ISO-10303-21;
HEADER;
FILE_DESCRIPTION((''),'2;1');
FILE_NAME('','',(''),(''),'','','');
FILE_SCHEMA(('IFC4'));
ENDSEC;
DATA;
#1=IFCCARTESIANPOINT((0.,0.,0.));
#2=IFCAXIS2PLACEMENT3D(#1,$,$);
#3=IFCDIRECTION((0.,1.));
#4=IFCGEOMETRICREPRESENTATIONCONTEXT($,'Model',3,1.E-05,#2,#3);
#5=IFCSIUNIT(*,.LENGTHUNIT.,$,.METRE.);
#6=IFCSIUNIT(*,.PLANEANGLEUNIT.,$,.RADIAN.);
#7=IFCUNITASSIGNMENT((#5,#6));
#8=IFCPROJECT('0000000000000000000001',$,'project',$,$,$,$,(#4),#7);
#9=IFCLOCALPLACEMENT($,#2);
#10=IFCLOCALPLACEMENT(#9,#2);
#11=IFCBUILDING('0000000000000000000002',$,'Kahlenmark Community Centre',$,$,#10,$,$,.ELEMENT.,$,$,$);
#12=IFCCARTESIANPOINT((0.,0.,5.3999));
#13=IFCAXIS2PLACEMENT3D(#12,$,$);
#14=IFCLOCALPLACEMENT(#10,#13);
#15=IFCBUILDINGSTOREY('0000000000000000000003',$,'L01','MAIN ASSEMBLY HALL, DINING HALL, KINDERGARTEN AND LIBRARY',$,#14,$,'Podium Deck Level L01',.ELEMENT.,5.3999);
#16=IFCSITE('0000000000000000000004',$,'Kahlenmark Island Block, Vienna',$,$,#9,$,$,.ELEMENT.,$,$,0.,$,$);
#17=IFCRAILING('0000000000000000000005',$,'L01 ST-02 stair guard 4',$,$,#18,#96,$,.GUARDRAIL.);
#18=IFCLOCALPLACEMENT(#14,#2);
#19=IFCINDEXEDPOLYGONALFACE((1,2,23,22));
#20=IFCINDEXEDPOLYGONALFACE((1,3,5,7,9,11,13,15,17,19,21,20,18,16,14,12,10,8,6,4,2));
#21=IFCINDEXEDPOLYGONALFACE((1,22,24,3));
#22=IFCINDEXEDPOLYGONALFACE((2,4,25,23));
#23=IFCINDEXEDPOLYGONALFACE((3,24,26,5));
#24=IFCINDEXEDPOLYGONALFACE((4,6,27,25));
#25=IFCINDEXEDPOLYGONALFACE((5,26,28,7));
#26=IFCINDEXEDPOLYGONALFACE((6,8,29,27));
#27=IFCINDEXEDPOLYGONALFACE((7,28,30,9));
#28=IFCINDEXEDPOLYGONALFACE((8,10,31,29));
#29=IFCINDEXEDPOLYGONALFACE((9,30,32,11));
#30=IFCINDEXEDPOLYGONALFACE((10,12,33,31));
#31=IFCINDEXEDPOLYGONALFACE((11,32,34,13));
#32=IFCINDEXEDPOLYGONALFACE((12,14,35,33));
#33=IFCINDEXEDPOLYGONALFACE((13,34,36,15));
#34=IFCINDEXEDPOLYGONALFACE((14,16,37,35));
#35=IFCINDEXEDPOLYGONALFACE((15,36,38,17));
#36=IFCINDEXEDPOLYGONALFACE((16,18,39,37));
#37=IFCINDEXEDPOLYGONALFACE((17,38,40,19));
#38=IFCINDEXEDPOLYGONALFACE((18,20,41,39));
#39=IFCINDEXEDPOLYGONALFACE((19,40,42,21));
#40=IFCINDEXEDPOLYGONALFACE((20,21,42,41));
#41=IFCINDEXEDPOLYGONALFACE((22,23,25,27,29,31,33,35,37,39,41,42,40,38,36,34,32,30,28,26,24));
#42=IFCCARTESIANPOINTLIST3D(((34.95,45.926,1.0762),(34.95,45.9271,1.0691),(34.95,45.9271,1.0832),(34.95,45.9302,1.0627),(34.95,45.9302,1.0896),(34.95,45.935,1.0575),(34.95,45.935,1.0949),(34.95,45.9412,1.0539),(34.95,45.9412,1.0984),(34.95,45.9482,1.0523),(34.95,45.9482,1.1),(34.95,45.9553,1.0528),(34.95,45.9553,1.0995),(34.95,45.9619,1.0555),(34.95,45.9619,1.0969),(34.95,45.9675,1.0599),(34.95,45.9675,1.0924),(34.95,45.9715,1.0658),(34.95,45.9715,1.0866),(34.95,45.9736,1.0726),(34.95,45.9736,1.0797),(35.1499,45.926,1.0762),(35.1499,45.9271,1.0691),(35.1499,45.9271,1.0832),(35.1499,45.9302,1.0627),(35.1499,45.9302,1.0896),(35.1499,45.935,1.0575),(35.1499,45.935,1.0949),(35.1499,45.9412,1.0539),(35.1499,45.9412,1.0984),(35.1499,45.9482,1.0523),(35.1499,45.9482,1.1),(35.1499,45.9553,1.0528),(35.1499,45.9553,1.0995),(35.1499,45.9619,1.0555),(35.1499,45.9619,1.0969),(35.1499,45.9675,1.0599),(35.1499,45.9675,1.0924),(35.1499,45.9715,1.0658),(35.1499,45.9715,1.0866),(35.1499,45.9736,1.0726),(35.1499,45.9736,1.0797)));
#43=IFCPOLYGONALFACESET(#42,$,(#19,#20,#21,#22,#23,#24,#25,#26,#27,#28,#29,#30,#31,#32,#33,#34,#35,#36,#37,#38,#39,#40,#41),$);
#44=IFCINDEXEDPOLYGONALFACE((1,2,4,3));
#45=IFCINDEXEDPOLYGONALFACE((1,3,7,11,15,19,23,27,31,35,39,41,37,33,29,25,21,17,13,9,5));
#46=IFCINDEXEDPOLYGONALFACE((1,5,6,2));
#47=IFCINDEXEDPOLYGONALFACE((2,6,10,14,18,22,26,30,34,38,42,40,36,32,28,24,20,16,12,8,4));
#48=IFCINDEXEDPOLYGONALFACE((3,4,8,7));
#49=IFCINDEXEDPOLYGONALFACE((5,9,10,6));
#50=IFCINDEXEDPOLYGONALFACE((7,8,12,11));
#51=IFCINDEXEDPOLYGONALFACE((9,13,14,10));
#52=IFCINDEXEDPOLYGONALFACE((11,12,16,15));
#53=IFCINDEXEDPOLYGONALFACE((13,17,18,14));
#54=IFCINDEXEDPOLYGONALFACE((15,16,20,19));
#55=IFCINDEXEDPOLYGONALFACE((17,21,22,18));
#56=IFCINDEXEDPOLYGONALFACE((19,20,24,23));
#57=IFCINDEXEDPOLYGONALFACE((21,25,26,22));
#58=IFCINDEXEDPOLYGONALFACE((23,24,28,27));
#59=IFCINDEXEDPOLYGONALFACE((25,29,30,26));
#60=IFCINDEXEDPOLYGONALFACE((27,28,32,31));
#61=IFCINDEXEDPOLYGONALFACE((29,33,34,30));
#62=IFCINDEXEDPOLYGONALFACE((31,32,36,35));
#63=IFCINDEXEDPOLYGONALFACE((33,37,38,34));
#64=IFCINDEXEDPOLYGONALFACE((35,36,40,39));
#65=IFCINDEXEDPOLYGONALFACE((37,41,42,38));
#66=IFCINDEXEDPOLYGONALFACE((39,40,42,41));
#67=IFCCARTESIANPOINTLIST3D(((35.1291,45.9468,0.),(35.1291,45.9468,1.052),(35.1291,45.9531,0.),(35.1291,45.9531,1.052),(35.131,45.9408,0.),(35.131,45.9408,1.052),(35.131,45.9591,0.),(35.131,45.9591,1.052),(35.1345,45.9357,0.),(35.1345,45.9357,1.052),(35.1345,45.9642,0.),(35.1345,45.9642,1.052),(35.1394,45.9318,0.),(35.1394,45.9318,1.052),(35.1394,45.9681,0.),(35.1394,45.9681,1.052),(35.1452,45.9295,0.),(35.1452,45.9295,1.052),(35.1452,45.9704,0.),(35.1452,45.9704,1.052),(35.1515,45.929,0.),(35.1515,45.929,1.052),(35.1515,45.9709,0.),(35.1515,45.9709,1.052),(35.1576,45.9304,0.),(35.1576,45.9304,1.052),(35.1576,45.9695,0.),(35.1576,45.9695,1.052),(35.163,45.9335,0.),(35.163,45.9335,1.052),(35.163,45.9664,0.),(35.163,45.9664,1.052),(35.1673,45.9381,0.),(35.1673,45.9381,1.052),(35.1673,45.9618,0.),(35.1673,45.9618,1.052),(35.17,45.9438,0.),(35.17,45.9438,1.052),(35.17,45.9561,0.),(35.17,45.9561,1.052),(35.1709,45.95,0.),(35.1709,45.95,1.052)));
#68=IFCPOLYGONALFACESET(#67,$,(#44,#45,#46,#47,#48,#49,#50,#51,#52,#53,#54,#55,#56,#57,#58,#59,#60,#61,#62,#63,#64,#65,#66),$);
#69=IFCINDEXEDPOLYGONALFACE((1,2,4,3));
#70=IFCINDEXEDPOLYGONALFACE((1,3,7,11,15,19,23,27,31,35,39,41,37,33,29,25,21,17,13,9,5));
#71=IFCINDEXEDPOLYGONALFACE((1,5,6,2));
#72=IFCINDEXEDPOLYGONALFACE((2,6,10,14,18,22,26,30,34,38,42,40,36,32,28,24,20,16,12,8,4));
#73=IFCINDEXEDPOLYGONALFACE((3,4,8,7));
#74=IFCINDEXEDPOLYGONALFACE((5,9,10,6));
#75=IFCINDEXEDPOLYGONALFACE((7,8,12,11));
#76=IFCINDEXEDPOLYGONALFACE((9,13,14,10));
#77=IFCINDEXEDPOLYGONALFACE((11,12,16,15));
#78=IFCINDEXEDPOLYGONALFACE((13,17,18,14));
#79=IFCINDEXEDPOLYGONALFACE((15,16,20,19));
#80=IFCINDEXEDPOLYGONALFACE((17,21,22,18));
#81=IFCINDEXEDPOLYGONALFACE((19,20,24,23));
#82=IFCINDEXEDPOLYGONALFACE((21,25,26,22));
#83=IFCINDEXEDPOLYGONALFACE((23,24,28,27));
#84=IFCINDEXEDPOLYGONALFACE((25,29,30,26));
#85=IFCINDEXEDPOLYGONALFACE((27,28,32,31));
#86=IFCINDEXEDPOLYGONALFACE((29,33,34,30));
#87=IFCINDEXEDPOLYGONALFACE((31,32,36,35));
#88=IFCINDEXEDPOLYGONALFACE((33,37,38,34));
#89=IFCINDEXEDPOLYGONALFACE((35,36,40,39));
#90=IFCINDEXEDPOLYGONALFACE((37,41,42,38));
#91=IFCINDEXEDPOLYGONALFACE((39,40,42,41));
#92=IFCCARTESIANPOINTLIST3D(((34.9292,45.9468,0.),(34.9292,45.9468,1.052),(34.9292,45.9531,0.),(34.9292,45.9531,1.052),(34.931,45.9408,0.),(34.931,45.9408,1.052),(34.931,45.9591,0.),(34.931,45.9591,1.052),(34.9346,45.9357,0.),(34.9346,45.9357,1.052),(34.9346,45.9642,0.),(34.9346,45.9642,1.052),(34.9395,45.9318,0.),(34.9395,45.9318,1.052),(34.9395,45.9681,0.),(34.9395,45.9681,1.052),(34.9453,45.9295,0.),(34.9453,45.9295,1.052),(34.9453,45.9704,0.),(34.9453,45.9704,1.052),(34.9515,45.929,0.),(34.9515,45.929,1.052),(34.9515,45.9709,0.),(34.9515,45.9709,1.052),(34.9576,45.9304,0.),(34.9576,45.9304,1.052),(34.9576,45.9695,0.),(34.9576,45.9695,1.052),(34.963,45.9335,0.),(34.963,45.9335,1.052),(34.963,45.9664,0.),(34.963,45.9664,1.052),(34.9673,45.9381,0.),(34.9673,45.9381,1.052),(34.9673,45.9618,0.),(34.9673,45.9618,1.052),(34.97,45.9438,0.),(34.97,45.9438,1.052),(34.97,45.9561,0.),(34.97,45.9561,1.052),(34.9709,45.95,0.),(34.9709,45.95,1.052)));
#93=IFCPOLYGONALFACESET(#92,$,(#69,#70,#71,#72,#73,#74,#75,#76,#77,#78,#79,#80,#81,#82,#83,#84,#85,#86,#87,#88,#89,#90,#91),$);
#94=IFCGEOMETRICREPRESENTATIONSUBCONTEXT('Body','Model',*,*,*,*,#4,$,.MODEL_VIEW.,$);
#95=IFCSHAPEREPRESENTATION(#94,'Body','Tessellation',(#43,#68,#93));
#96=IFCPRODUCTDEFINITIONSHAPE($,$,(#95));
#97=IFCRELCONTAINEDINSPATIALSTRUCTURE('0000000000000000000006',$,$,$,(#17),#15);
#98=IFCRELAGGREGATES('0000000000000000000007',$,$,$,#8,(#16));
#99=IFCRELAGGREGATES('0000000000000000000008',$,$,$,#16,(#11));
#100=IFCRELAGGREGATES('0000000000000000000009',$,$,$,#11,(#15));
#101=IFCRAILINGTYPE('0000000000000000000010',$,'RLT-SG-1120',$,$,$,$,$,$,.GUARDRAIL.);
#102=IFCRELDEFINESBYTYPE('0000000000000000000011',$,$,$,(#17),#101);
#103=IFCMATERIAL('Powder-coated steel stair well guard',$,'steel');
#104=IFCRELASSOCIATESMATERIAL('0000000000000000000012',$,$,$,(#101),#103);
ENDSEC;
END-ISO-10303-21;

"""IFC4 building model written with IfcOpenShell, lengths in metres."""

from ifc_helpers import new_model, si_unit, direction, frame, origin, origin_2d, place, context, subcontext, project, spatial, circle, extrude, material, type_object, element, save


model = new_model("IFC4")

# Units and contexts
model_context = context("Model", 3, precision=1e-05, world=origin(), true_north=direction((0.0, 1.0)))
body_context = subcontext(model_context, "Body", "Model", "MODEL_VIEW")
ifc_project = project(units=[si_unit("LENGTHUNIT", "METRE"), si_unit("PLANEANGLEUNIT", "RADIAN")], contexts=[model_context])

# Site, building, storey
site_placement = place(None, origin())
site = spatial("IfcSite", under=ifc_project, at=site_placement, Name="Kahlenmark Island Block, Vienna", CompositionType="ELEMENT", RefElevation=0.0)
building_placement = place(site_placement, origin())
building = spatial("IfcBuilding", under=site, at=building_placement, Name="Kahlenmark Community Centre", CompositionType="ELEMENT")
storey_placement = place(building_placement, frame((0.0, 0.0, 5.3999)))
storey = spatial("IfcBuildingStorey", under=building, at=storey_placement, Name="L01", Description="MAIN ASSEMBLY HALL, DINING HALL, KINDERGARTEN AND LIBRARY", LongName="Podium Deck Level L01", CompositionType="ELEMENT", Elevation=5.3999)

# Railing
ifc_material_1 = material(Name="Powder-coated steel stair well guard", Category="steel")
railing_type_1 = type_object("IfcRailingType", Name="RLT-SG-1120", PredefinedType="GUARDRAIL", material=ifc_material_1)
railing_1_placement = place(storey_placement, frame((35.1499, 45.95, 0.0)))
element("IfcRailing", 1, at=railing_1_placement, inside=storey, type_object=railing_type_1, Name="L01 ST-02 stair guard 4", PredefinedType="GUARDRAIL", context=body_context, shape_type="SweptSolid", body=[
    extrude(circle(Radius=0.0239, at=origin_2d()), frame((0.0, 0.0, 1.0762), z_axis=(-1.0, 0.0, 0.0), x_axis=(0.0, -1.0, 0.0)), (0.0, 0.0, 1.0), 0.2),
    extrude(circle(Radius=0.021, at=origin_2d()), origin(), (0.0, 0.0, 1.0), 1.052),
    extrude(circle(Radius=0.021, at=origin_2d()), frame((-0.2, 0.0, 0.0)), (0.0, 0.0, 1.0), 1.052),
])

save(model, "model.ifc")
